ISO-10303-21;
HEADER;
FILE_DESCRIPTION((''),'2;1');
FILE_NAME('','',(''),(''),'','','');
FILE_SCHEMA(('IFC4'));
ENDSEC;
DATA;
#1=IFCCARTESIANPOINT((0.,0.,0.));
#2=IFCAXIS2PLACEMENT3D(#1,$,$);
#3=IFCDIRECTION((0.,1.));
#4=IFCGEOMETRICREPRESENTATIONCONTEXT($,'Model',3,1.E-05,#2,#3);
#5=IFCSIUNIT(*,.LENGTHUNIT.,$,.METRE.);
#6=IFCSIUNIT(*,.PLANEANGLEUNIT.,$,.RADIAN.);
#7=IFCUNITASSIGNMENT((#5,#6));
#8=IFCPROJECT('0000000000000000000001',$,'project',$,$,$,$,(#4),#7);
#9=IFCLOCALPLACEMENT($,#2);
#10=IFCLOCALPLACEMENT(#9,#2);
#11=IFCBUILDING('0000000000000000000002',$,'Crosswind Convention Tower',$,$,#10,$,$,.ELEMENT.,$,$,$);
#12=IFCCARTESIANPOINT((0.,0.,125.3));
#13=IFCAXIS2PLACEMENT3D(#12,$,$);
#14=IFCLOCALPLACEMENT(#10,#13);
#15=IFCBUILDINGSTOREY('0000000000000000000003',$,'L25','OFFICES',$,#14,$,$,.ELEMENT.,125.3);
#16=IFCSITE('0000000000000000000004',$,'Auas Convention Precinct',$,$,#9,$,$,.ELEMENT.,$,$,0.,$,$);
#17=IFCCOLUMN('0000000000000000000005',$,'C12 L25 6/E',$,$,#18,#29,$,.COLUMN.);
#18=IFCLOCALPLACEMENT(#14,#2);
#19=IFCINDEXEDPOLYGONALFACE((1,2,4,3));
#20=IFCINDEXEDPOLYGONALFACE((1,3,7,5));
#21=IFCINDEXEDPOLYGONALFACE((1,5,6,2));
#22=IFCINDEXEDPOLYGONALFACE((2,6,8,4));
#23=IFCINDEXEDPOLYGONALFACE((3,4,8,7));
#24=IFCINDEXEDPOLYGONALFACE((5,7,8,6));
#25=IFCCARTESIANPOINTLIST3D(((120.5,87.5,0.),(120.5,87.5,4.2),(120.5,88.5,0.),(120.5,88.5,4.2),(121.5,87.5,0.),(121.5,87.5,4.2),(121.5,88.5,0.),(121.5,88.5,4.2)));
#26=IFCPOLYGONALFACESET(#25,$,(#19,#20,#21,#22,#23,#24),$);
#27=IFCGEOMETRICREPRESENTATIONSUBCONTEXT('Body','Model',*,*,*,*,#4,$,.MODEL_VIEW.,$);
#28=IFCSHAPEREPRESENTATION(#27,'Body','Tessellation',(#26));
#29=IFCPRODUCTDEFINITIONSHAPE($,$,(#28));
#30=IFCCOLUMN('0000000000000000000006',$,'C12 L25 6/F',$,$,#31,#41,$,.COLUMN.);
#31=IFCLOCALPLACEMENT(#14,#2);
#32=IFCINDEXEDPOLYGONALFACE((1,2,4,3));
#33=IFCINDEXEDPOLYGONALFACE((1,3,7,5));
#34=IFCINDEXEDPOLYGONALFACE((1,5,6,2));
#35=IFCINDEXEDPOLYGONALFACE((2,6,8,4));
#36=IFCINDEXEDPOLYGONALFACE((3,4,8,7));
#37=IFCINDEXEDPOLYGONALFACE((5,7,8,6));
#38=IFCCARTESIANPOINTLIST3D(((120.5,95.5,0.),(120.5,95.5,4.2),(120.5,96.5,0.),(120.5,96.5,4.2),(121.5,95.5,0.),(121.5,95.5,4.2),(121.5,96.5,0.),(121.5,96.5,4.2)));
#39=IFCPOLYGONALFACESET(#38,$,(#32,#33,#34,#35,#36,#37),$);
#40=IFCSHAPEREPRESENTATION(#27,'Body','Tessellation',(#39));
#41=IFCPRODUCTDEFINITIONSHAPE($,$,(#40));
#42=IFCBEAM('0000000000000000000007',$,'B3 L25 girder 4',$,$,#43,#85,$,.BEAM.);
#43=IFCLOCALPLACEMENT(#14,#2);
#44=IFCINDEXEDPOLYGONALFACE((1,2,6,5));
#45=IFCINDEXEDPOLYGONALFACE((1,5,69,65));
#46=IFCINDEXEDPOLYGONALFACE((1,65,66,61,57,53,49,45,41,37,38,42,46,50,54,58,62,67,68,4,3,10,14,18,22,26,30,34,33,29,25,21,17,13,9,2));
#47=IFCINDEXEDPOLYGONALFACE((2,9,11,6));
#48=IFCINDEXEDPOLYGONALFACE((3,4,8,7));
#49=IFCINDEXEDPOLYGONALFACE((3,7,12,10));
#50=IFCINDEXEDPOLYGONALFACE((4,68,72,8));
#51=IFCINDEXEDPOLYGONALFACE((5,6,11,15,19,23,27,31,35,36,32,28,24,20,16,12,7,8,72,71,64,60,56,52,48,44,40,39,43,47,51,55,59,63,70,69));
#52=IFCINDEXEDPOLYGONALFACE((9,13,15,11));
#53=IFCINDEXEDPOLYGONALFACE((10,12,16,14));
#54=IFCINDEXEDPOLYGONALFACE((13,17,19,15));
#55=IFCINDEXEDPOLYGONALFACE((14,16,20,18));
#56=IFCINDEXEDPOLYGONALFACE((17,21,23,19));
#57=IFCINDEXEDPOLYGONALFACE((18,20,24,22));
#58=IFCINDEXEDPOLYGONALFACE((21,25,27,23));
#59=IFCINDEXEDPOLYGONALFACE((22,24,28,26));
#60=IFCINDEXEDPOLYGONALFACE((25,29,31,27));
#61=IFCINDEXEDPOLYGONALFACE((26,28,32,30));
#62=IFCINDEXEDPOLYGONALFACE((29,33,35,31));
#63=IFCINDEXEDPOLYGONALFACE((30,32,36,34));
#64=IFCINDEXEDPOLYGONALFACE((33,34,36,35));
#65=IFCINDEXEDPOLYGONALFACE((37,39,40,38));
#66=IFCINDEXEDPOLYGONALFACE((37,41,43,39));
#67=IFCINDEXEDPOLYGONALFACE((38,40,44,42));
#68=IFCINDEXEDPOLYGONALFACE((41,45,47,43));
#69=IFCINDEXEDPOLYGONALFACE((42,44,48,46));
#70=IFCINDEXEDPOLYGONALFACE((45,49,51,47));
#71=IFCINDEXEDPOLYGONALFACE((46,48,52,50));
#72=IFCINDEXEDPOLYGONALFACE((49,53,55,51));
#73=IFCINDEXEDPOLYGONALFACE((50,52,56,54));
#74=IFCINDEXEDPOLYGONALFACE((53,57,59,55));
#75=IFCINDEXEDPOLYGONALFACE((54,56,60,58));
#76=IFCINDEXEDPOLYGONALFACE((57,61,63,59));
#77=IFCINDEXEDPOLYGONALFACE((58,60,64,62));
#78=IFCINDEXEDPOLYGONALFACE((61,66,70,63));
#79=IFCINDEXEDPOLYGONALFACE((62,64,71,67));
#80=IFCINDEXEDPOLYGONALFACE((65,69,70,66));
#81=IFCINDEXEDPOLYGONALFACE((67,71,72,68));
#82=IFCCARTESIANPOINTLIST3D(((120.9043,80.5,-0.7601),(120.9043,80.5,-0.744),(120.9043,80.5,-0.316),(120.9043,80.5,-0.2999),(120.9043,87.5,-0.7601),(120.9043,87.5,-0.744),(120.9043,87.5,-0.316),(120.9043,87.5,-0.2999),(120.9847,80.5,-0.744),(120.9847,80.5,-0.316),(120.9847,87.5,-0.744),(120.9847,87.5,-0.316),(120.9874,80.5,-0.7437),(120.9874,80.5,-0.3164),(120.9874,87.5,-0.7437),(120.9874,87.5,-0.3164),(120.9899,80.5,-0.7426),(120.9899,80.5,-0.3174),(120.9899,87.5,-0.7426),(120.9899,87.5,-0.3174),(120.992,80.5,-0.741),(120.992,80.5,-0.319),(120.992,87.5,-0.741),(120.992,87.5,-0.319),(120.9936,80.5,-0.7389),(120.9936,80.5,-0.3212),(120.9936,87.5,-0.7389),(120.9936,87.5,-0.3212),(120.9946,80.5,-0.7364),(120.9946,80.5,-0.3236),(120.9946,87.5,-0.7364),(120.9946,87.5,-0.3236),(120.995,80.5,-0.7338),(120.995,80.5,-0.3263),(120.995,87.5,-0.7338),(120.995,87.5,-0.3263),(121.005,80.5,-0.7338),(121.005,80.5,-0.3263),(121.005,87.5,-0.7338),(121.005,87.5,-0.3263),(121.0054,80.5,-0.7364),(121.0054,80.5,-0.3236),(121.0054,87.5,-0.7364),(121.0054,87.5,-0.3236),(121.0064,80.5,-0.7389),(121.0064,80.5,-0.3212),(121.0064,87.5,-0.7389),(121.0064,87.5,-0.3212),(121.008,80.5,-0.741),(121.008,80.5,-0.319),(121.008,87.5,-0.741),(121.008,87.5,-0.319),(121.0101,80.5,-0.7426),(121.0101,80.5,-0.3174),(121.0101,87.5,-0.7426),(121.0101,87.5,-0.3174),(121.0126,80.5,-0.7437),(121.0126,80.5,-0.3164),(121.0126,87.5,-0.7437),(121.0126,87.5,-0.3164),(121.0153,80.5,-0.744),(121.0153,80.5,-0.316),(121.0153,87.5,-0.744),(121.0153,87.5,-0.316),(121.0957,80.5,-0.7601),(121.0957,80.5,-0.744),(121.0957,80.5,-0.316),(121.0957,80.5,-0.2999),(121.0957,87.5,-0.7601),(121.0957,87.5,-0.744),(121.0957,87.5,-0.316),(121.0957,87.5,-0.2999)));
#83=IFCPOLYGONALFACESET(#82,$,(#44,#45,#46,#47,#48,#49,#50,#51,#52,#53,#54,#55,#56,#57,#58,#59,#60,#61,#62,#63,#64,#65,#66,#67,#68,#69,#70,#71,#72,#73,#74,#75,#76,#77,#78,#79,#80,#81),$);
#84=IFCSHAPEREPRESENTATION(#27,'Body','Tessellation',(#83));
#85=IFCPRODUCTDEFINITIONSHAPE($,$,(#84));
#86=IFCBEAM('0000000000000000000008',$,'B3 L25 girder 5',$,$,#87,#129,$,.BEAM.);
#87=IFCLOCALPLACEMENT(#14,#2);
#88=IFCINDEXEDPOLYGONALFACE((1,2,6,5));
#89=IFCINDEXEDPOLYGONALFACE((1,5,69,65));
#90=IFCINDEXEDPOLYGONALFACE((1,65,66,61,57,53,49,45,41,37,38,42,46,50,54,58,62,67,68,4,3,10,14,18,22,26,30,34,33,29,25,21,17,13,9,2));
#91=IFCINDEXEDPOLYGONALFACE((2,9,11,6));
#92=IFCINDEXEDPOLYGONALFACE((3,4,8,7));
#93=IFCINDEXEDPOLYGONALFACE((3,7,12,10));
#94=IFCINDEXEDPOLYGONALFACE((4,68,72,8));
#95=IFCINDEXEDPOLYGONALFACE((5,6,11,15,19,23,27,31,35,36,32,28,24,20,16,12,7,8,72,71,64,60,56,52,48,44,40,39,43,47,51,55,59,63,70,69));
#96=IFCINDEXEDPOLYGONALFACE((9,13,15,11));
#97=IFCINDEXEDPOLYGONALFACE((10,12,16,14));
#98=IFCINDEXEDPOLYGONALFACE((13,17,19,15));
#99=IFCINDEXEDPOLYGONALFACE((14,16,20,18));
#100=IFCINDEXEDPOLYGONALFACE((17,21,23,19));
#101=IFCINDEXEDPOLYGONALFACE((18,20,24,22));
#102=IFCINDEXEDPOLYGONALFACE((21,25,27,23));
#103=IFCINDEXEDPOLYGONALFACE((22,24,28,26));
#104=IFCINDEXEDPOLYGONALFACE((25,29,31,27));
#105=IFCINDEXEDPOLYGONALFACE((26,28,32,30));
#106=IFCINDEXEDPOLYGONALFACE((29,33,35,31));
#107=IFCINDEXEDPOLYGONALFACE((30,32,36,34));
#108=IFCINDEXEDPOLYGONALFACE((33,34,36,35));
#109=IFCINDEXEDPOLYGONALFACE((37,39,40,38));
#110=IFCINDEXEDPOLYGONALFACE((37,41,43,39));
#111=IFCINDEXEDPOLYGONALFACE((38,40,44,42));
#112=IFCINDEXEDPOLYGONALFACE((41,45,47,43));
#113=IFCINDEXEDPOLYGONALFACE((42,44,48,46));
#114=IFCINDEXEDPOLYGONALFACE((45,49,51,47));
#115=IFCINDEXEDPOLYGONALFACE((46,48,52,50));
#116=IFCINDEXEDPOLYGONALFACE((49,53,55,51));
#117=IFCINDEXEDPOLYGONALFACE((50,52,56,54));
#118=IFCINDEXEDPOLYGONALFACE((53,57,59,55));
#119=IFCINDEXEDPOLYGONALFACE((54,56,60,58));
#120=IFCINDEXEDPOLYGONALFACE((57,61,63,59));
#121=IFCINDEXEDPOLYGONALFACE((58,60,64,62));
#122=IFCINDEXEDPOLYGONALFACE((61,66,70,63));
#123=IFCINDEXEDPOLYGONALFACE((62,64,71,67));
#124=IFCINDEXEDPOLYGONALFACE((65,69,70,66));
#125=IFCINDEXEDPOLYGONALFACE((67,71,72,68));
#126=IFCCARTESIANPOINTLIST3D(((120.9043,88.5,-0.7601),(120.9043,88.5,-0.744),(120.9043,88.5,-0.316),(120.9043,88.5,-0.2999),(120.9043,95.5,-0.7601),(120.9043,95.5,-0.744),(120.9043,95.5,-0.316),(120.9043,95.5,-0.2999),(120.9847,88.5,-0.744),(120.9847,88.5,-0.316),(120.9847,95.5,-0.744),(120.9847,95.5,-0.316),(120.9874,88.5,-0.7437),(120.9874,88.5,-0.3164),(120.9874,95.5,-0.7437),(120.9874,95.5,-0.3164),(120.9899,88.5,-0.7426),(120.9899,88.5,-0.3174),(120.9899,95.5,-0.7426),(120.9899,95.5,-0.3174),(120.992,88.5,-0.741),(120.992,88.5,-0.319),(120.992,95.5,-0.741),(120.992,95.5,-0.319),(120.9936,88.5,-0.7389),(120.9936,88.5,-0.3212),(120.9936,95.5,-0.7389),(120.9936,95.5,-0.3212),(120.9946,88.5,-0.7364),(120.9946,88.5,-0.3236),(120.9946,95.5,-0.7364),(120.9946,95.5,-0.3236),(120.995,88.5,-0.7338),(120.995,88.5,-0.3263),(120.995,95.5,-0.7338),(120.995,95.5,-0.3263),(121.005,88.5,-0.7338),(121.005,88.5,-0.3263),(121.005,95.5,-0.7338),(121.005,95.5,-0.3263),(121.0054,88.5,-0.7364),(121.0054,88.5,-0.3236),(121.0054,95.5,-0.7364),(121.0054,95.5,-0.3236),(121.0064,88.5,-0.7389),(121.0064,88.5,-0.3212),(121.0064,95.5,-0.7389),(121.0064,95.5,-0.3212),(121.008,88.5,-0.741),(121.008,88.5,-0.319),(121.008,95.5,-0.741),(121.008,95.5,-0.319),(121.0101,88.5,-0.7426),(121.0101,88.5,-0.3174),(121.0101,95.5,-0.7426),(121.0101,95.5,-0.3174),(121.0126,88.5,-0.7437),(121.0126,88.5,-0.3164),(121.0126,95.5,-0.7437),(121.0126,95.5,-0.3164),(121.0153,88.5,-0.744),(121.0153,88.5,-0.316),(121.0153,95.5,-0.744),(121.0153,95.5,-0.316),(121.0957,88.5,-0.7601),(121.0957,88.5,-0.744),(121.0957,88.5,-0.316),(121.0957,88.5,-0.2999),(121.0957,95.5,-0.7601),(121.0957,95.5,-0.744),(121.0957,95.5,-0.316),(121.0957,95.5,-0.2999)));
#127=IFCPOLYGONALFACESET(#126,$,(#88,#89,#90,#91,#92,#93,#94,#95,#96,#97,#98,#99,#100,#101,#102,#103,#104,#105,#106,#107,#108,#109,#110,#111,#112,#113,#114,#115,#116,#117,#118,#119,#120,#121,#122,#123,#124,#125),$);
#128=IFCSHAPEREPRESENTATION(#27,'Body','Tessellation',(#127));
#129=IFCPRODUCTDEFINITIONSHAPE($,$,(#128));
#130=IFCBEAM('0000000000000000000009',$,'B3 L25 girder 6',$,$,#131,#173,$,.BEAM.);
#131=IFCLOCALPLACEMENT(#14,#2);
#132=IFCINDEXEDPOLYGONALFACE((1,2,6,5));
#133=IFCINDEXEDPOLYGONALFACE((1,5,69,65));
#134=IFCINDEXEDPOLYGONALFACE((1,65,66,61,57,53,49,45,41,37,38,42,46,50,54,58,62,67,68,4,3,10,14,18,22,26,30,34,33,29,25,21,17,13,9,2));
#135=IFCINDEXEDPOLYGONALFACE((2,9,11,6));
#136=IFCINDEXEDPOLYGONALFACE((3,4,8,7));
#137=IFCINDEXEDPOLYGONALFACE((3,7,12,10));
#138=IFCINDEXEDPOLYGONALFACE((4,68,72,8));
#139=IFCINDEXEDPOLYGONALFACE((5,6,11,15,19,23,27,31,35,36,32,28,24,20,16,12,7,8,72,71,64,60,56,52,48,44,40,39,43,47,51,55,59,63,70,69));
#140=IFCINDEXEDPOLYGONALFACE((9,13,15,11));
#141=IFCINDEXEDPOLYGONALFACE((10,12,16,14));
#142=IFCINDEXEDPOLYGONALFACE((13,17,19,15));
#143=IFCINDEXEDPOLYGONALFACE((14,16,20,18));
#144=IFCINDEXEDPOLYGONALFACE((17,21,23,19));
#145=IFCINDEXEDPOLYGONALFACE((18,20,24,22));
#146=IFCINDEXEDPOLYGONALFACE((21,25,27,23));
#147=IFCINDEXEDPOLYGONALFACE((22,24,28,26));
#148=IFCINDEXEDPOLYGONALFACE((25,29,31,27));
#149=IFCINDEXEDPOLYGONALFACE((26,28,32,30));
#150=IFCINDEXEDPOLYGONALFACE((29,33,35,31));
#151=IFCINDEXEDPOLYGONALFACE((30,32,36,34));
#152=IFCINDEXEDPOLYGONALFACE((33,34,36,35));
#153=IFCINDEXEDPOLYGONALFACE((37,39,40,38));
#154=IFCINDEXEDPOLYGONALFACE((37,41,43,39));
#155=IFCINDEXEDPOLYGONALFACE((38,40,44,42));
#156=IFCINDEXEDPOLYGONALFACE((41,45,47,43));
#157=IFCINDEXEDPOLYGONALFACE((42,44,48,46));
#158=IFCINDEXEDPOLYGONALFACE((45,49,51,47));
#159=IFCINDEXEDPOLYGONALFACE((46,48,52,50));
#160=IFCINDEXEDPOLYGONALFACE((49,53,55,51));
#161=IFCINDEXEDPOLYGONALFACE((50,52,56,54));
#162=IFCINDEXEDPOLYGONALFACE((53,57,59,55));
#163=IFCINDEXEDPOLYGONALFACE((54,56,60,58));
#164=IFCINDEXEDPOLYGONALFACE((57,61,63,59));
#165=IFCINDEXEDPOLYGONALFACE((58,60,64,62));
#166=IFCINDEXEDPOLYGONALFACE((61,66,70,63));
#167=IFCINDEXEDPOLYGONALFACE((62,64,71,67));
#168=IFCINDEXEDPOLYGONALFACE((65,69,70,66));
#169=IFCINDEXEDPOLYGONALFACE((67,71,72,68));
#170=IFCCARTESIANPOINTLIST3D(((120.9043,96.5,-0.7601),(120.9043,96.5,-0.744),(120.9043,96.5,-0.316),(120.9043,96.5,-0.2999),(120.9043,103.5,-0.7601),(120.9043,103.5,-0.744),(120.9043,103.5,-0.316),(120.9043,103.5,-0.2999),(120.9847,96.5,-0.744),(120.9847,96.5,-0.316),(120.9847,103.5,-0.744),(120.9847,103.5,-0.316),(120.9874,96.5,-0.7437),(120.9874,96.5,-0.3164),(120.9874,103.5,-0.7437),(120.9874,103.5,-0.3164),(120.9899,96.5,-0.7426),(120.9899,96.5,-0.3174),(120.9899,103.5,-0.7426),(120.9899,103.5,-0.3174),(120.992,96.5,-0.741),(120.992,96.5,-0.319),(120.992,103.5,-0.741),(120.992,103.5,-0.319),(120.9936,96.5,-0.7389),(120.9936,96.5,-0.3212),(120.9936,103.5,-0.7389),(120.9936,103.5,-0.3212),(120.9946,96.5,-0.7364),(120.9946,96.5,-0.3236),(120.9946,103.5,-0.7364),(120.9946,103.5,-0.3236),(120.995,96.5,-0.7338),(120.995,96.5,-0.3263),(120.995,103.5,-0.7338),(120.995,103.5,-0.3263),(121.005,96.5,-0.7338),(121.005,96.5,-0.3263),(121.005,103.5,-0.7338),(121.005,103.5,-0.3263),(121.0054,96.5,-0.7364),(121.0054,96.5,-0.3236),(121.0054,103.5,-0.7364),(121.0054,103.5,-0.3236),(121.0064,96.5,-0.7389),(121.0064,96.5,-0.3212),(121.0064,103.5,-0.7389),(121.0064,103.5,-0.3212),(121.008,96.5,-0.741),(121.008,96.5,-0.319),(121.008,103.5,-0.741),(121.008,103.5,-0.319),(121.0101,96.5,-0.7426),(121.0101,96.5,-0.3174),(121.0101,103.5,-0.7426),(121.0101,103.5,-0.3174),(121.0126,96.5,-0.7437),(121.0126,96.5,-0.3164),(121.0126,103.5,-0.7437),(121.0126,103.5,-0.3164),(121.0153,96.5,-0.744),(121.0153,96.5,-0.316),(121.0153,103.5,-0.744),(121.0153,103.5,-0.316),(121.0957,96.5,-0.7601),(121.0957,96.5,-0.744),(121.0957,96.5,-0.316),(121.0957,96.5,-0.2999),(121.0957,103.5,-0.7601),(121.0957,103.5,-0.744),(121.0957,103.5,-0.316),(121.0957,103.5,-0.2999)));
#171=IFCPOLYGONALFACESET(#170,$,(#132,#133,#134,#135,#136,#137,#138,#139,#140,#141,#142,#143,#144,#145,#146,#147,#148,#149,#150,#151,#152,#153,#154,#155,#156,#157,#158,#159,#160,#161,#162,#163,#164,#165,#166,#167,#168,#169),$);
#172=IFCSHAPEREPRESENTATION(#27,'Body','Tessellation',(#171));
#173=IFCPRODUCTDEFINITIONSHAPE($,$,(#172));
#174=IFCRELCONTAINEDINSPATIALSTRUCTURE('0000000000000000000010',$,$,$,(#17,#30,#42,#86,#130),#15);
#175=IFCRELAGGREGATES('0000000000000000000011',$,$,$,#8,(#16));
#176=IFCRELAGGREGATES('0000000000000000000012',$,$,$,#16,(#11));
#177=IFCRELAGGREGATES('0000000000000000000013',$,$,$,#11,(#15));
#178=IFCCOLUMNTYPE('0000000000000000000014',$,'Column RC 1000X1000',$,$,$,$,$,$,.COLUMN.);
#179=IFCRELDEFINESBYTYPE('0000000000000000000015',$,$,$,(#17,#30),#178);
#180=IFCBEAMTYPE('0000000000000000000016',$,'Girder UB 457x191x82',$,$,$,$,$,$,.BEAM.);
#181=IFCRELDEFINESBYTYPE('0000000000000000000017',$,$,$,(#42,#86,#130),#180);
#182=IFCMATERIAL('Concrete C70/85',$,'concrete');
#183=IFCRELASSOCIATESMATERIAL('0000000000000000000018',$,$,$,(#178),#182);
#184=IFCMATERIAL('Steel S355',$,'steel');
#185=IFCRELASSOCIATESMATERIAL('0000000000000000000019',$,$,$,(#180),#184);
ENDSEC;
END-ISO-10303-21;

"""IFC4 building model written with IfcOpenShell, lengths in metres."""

from ifc_helpers import new_model, si_unit, direction, frame, origin, origin_2d, place, context, subcontext, project, spatial, rectangle, i_section, extrude, material, material_profile, profile_set, type_object, element, save


model = new_model("IFC4")

# Units and contexts
model_context = context("Model", 3, precision=1e-05, world=origin(), true_north=direction((0.0, 1.0)))
body_context = subcontext(model_context, "Body", "Model", "MODEL_VIEW")
ifc_project = project(units=[si_unit("LENGTHUNIT", "METRE"), si_unit("PLANEANGLEUNIT", "RADIAN")], contexts=[model_context])

# Site, building, storey
site_placement = place(None, origin())
site = spatial("IfcSite", under=ifc_project, at=site_placement, Name="Auas Convention Precinct", CompositionType="ELEMENT", RefElevation=0.0)
building_placement = place(site_placement, origin())
building = spatial("IfcBuilding", under=site, at=building_placement, Name="Crosswind Convention Tower", CompositionType="ELEMENT")
storey_placement = place(building_placement, frame((0.0, 0.0, 125.3)))
storey = spatial("IfcBuildingStorey", under=building, at=storey_placement, Name="L25", Description="OFFICES", CompositionType="ELEMENT", Elevation=125.3)

# Columns
ifc_material_1 = material(Name="Concrete C70/85", Category="concrete")
ifc_material_profile_1 = material_profile(ifc_material_1, rectangle(XDim=1.0, YDim=1.0, at=origin_2d()), Name="RC 1000X1000")
ifc_profile_set_1 = profile_set([ifc_material_profile_1], Name="Concrete C70/85")
column_type = type_object("IfcColumnType", Name="Column RC 1000X1000", PredefinedType="COLUMN", material=ifc_profile_set_1)
for number, where, z_axis, x_axis, name in (
    (1, (121.0, 88.0, 0.0), (0.0, 0.0, 1.0), (1.0, 0.0, 0.0), "C12 L25 6/E"),
    (2, (121.0, 96.0, 0.0), (0.0, 0.0, 1.0), (1.0, 0.0, 0.0), "C12 L25 6/F"),
):
    element("IfcColumn", number, at=place(storey_placement, frame(where, z_axis=z_axis, x_axis=x_axis)), inside=storey, type_object=column_type, Name=name, PredefinedType="COLUMN", context=body_context, shape_type="SweptSolid", body=[
        extrude(rectangle(XDim=1.0, YDim=1.0, at=origin_2d()), origin(), (0.0, 0.0, 1.0), 4.2),
    ])

# Beams
ifc_material_2 = material(Name="Steel S355", Category="steel")
ifc_material_profile_2 = material_profile(ifc_material_2, i_section(OverallWidth=0.1914, OverallDepth=0.4602, WebThickness=0.01, FlangeThickness=0.0161, FilletRadius=0.0103, at=origin_2d()), Name="UB 457x191x82")
ifc_profile_set_2 = profile_set([ifc_material_profile_2], Name="Steel S355")
beam_type_1 = type_object("IfcBeamType", Name="Girder UB 457x191x82", PredefinedType="BEAM", material=ifc_profile_set_2)
for number, where, z_axis, x_axis, name in (
    (3, (121.0, 80.5, -0.53), (0.0, 1.0, 0.0), (-1.0, 0.0, 0.0), "B3 L25 girder 4"),
    (4, (121.0, 88.5, -0.53), (0.0, 1.0, 0.0), (-1.0, 0.0, 0.0), "B3 L25 girder 5"),
    (5, (121.0, 96.5, -0.53), (0.0, 1.0, 0.0), (-1.0, 0.0, 0.0), "B3 L25 girder 6"),
):
    element("IfcBeam", number, at=place(storey_placement, frame(where, z_axis=z_axis, x_axis=x_axis)), inside=storey, type_object=beam_type_1, Name=name, PredefinedType="BEAM", context=body_context, shape_type="SweptSolid", body=[
        extrude(i_section(OverallWidth=0.1914, OverallDepth=0.4602, WebThickness=0.01, FlangeThickness=0.0161, FilletRadius=0.0103, at=origin_2d()), origin(), (0.0, 0.0, 1.0), 7.0),
    ])

save(model, "model.ifc")
